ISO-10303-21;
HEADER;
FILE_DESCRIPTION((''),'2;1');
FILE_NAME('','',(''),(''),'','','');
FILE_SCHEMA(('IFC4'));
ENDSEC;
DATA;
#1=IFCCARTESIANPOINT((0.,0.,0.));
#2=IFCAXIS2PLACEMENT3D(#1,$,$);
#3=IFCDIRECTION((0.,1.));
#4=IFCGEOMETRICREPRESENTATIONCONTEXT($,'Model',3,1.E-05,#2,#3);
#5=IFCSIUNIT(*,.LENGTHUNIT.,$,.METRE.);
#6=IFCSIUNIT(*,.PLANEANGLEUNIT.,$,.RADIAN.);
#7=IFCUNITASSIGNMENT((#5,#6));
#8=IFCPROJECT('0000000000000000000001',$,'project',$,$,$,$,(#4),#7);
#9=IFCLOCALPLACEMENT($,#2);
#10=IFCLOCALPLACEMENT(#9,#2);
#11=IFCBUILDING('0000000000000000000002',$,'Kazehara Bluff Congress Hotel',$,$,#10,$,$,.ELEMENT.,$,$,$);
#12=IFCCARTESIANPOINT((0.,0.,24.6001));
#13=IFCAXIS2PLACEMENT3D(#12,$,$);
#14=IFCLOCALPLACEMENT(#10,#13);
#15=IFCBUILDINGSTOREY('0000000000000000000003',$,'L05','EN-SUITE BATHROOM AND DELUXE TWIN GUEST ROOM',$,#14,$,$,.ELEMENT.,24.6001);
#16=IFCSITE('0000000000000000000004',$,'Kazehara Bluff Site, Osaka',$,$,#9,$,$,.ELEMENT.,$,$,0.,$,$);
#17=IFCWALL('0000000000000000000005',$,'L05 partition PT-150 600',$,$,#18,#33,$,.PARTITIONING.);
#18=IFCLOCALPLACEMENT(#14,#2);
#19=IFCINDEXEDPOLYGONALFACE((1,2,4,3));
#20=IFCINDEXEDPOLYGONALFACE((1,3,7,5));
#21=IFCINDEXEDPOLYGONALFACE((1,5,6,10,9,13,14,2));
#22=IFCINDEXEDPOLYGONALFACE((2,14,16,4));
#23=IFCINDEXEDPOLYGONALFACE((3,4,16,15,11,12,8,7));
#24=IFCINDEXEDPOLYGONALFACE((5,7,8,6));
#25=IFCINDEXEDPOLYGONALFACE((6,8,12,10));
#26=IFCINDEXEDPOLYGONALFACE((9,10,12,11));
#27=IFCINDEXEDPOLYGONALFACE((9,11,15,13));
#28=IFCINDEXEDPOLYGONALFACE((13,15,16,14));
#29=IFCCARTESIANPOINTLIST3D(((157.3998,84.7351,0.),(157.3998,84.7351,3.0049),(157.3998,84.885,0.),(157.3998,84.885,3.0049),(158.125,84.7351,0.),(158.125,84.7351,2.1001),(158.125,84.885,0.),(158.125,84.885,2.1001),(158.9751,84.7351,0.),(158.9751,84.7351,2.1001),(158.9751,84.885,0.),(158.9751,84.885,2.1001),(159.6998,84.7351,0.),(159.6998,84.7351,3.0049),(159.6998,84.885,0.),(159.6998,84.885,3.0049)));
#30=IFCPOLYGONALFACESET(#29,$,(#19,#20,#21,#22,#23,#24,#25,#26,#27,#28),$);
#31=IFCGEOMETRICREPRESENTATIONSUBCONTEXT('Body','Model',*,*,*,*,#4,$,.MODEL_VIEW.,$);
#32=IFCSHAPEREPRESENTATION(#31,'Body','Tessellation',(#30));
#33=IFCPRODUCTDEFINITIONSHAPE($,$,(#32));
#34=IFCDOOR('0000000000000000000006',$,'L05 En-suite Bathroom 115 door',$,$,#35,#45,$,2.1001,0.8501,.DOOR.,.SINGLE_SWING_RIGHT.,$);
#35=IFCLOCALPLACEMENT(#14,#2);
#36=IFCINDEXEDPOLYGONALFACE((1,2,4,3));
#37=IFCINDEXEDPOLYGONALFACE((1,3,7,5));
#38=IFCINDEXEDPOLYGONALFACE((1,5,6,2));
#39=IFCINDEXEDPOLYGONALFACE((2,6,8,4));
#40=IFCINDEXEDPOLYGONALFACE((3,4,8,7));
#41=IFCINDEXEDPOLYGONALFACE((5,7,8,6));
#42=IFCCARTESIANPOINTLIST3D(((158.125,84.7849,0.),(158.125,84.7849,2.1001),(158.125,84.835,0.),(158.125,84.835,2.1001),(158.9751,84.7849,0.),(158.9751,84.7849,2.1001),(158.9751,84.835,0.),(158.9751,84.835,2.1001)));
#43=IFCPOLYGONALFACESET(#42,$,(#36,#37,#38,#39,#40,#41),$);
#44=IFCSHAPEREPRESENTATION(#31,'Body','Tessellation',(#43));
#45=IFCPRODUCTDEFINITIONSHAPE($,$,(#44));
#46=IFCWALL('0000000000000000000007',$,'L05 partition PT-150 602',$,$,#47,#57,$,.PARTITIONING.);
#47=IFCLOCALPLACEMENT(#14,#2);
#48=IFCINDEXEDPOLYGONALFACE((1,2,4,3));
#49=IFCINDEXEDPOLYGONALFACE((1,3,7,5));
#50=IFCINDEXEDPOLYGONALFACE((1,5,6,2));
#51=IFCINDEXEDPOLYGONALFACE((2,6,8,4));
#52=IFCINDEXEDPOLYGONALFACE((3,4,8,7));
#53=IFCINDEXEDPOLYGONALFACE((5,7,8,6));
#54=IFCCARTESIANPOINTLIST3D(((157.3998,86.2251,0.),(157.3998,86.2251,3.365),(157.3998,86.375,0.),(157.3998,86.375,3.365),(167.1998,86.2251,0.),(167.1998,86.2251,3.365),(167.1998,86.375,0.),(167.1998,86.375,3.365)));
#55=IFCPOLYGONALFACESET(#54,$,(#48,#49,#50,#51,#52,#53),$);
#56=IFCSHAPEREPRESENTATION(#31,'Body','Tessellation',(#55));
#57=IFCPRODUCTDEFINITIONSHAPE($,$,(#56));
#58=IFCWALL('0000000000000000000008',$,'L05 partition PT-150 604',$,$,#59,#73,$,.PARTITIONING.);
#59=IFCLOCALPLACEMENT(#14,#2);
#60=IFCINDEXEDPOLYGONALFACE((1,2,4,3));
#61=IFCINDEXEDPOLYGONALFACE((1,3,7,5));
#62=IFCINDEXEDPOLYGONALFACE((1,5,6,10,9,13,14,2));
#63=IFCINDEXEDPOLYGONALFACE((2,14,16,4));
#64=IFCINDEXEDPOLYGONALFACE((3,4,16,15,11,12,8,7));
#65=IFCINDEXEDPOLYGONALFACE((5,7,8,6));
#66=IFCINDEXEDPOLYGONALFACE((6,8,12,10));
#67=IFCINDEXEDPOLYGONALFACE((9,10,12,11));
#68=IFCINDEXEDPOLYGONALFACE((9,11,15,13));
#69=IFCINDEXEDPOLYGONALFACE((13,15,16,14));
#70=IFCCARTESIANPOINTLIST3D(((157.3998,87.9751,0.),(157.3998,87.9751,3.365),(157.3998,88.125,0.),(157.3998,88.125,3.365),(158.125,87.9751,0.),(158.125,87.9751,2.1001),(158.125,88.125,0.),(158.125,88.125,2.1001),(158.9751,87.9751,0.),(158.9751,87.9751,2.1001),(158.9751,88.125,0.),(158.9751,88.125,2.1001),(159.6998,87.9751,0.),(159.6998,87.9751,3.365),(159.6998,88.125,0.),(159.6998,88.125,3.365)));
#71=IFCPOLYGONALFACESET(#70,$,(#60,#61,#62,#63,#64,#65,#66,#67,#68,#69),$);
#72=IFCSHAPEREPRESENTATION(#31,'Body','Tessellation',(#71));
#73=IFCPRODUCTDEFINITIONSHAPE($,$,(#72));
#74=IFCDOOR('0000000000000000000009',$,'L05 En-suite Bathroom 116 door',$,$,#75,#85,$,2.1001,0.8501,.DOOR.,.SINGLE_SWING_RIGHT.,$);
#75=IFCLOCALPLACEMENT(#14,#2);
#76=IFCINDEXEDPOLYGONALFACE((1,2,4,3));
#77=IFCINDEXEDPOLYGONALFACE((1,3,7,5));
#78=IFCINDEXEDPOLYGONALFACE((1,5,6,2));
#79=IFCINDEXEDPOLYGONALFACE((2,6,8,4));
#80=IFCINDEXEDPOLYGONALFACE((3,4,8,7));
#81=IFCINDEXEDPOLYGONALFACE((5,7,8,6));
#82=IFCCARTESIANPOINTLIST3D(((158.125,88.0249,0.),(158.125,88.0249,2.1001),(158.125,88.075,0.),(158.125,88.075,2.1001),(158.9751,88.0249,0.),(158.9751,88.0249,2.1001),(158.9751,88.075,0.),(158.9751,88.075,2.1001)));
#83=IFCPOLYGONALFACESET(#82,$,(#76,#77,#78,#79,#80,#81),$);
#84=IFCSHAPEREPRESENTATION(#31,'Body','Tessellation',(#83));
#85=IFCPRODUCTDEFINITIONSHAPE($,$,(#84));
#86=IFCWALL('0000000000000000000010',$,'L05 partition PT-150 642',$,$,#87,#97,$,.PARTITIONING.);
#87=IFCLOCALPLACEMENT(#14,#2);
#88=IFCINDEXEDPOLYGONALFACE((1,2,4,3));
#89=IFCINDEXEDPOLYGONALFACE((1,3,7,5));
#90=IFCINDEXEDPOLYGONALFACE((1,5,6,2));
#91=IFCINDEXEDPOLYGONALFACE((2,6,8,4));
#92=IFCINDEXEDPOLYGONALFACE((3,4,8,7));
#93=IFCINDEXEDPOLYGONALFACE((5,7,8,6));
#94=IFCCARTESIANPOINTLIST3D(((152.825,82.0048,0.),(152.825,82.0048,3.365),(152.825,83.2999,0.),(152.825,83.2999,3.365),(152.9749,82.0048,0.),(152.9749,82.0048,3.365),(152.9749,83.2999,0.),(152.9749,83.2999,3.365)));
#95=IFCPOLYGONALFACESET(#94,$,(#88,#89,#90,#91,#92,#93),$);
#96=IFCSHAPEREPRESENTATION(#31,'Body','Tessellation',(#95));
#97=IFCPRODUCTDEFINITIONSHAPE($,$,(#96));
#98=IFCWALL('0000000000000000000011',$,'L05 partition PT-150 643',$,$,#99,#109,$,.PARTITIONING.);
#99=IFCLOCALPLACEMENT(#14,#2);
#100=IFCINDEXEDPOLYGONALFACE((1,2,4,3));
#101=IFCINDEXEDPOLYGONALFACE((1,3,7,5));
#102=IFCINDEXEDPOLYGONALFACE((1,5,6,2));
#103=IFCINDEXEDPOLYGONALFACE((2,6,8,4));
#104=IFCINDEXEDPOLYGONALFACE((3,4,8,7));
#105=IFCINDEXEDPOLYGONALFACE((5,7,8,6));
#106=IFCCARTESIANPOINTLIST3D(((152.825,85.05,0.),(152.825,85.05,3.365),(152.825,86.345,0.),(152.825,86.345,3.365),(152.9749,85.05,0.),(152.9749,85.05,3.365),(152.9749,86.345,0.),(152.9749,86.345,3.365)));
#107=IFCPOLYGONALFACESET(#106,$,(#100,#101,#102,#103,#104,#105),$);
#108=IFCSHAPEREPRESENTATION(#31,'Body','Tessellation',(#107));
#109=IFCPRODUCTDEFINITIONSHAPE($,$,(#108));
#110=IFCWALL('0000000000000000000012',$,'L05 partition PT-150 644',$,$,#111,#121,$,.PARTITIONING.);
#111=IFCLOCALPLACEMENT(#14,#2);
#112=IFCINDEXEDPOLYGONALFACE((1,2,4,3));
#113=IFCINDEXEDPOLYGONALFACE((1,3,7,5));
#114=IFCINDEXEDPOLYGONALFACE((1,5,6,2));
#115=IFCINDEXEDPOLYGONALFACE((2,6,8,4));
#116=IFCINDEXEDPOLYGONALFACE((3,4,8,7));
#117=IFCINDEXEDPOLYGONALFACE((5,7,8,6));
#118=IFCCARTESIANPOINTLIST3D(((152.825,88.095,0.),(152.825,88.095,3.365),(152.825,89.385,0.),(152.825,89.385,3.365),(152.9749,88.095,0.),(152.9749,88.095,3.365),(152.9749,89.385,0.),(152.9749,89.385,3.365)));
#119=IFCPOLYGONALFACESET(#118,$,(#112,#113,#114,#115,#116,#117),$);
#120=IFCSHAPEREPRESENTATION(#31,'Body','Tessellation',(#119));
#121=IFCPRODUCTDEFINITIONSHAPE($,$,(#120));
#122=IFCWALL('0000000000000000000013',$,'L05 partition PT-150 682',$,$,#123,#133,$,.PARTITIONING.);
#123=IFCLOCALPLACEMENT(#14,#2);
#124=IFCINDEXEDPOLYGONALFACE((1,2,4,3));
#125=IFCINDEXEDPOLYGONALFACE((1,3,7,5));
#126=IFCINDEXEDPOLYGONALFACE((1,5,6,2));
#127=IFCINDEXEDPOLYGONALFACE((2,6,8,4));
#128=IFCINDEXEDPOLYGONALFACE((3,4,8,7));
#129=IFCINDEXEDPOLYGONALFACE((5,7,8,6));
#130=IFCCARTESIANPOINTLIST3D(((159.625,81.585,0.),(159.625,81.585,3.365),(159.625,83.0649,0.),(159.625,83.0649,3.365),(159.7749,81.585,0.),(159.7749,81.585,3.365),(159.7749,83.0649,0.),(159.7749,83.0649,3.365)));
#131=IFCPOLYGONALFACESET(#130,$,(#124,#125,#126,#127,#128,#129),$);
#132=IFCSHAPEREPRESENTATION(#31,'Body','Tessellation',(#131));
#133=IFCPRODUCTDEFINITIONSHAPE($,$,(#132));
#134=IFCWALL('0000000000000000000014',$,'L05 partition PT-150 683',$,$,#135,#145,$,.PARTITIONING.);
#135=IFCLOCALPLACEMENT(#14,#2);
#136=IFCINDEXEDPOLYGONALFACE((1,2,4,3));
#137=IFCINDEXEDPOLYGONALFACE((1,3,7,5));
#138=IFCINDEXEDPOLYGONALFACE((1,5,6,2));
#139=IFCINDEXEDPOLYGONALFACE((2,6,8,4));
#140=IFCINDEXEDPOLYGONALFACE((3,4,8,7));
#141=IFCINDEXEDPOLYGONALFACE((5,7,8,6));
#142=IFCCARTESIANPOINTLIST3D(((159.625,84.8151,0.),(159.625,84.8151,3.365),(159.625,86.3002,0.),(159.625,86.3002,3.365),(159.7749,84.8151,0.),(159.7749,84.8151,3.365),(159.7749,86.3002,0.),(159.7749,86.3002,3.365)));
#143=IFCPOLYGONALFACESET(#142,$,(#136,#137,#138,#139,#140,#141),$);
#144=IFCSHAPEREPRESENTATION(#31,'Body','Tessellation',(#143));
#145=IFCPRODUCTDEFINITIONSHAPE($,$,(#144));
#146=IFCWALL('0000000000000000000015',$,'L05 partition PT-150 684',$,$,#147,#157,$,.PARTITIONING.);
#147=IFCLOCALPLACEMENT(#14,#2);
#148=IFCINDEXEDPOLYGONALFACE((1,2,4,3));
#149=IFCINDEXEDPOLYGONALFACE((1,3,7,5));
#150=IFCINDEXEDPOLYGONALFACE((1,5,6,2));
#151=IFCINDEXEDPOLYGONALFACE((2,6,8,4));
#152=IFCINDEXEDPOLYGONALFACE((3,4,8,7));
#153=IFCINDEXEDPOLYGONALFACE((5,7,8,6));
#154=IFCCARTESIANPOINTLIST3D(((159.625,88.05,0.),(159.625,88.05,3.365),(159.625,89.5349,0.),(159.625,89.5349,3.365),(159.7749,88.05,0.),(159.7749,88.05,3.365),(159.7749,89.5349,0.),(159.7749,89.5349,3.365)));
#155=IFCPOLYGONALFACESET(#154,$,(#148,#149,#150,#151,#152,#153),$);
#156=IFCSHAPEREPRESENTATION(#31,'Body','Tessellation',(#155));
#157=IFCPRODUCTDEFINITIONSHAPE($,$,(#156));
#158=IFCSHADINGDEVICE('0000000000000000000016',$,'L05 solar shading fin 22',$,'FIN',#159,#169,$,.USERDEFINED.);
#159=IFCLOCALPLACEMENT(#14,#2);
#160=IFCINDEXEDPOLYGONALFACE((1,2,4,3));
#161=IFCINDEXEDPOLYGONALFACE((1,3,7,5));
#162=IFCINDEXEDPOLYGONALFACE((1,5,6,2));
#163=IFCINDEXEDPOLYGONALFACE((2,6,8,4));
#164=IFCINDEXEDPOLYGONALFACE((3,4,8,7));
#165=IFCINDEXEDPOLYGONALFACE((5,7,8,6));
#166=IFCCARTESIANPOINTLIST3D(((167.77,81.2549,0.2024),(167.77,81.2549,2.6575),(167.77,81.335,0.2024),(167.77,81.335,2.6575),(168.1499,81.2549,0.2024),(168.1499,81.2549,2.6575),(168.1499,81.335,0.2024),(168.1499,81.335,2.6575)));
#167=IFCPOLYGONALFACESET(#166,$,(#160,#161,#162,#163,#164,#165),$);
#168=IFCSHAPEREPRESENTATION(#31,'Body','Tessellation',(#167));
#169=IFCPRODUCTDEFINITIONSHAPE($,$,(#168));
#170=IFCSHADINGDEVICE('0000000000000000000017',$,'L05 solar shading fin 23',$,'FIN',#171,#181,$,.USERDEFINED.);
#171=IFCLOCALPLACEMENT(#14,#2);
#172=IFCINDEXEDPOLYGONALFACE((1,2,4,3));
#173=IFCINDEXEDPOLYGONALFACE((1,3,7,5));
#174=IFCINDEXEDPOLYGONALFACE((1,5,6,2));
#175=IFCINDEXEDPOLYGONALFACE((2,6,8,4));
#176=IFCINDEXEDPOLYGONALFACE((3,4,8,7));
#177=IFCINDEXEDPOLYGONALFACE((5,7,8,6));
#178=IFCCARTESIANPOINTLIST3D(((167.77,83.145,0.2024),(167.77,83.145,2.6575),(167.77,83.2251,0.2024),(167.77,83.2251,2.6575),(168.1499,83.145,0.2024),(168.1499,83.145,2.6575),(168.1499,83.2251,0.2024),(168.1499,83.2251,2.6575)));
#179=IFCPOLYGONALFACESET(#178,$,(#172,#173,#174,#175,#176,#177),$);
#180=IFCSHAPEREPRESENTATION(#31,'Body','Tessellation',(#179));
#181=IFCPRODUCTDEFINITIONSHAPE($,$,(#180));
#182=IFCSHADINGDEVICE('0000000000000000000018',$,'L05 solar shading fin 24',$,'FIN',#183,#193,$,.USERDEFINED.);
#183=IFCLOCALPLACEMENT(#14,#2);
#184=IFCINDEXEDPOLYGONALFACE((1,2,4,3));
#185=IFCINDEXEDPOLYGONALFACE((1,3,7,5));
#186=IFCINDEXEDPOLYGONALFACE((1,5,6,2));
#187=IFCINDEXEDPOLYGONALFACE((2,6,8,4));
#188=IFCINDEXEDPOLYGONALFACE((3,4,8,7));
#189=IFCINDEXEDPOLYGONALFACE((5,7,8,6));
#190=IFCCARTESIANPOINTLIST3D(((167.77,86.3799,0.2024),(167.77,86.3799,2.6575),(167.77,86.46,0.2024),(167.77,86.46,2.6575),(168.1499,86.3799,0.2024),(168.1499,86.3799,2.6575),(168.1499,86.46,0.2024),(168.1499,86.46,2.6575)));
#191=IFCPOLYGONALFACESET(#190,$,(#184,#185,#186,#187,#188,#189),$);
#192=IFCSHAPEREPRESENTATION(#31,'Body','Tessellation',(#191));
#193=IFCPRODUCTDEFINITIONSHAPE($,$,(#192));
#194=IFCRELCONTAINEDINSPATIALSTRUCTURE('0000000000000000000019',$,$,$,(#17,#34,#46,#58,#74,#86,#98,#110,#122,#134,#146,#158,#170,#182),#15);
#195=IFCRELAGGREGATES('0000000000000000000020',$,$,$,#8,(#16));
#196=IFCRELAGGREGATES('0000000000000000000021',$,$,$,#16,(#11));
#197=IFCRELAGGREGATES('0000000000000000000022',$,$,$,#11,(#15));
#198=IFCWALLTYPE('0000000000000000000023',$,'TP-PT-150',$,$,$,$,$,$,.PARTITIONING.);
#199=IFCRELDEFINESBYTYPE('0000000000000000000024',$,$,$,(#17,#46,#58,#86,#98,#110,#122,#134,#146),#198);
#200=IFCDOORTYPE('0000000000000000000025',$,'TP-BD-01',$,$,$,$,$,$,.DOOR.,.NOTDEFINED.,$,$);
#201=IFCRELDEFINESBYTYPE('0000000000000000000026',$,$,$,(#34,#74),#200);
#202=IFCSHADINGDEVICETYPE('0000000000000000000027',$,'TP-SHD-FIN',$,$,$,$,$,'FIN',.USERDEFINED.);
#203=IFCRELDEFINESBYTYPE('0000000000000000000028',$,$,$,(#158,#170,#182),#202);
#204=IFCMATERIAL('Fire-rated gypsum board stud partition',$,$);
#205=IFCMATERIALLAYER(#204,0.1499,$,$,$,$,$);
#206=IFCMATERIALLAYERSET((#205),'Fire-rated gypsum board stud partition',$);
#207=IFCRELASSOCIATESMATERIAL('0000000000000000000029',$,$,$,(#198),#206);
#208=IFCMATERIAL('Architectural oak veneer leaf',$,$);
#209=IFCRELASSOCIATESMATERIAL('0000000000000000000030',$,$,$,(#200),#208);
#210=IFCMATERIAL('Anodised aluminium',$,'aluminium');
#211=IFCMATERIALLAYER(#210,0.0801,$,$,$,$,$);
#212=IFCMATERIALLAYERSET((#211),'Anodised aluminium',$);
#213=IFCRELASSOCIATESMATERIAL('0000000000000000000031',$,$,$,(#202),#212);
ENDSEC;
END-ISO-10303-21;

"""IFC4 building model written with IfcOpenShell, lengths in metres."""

from ifc_helpers import new_model, si_unit, direction, frame, frame_2d, origin, origin_2d, place, context, subcontext, project, spatial, rectangle, extrude, material, layer, layer_set, type_object, element, fill, save


model = new_model("IFC4")

# Units and contexts
model_context = context("Model", 3, precision=1e-05, world=origin(), true_north=direction((0.0, 1.0)))
body_context = subcontext(model_context, "Body", "Model", "MODEL_VIEW")
ifc_project = project(units=[si_unit("LENGTHUNIT", "METRE"), si_unit("PLANEANGLEUNIT", "RADIAN")], contexts=[model_context])

# Site, building, storey
site_placement = place(None, origin())
site = spatial("IfcSite", under=ifc_project, at=site_placement, Name="Kazehara Bluff Site, Osaka", CompositionType="ELEMENT", RefElevation=0.0)
building_placement = place(site_placement, origin())
building = spatial("IfcBuilding", under=site, at=building_placement, Name="Kazehara Bluff Congress Hotel", CompositionType="ELEMENT")
storey_placement = place(building_placement, frame((0.0, 0.0, 24.6001)))
storey = spatial("IfcBuildingStorey", under=building, at=storey_placement, Name="L05", Description="EN-SUITE BATHROOM AND DELUXE TWIN GUEST ROOM", CompositionType="ELEMENT", Elevation=24.6001)

# Shared definitions
ifc_material_1 = material(Name="Fire-rated gypsum board stud partition")
ifc_layer_1 = layer(ifc_material_1, 0.1499)
ifc_layer_set_1 = layer_set([ifc_layer_1], Name="Fire-rated gypsum board stud partition")
wall_type_1 = type_object("IfcWallType", Name="TP-PT-150", PredefinedType="PARTITIONING", material=ifc_layer_set_1)
ifc_material_2 = material(Name="Architectural oak veneer leaf")
door_type = type_object("IfcDoorType", Name="TP-BD-01", OperationType="NOTDEFINED", PredefinedType="DOOR", material=ifc_material_2)

# Wall, opening, door
wall_1_placement = place(storey_placement, frame((157.3999, 84.8101, 0.0), z_axis=(0.0, 0.0, 1.0), x_axis=(1.0, 0.0, 0.0)))
wall_1 = element("IfcWall", 1, at=wall_1_placement, inside=storey, type_object=wall_type_1, Name="L05 partition PT-150 600", PredefinedType="PARTITIONING", context=body_context, shape_type="SweptSolid", body=[
    extrude(rectangle(XDim=2.3, YDim=0.1499, at=frame_2d((1.1499, 0.0))), origin(), (0.0, 0.0, 1.0), 3.0049),
])
opening_1_placement = place(wall_1_placement, frame((0.7251, 0.0, 0.0)))
opening_1 = element("IfcOpeningElement", 2, at=opening_1_placement, cuts=wall_1, PredefinedType="OPENING", context=body_context, shape_type="SweptSolid", body=[
    extrude(rectangle(XDim=0.8501, YDim=2.1001, at=frame_2d((0.425, 1.05))), frame((0.0, 0.085, 0.0), z_axis=(0.0, -1.0, 0.0), x_axis=(1.0, 0.0, 0.0)), (0.0, 0.0, 1.0), 0.1699),
])
door_1_placement = place(opening_1_placement, origin())
door_1 = element("IfcDoor", 3, at=door_1_placement, inside=storey, type_object=door_type, Name="L05 En-suite Bathroom 115 door", OperationType="SINGLE_SWING_RIGHT", OverallHeight=2.1001, OverallWidth=0.8501, PredefinedType="DOOR", context=body_context, shape_type="SweptSolid", body=[
    extrude(rectangle(XDim=0.8501, YDim=2.1001, at=frame_2d((0.425, 1.05))), frame((0.0, 0.0249, 0.0), z_axis=(0.0, -1.0, 0.0), x_axis=(1.0, 0.0, 0.0)), (0.0, 0.0, 1.0), 0.05),
])
fill(opening_1, door_1)

# Wall
wall_2_placement = place(storey_placement, frame((157.3999, 86.3, 0.0), z_axis=(0.0, 0.0, 1.0), x_axis=(1.0, 0.0, 0.0)))
element("IfcWall", 4, at=wall_2_placement, inside=storey, type_object=wall_type_1, Name="L05 partition PT-150 602", PredefinedType="PARTITIONING", context=body_context, shape_type="SweptSolid", body=[
    extrude(rectangle(XDim=9.8, YDim=0.1499, at=frame_2d((4.8999, 0.0))), origin(), (0.0, 0.0, 1.0), 3.365),
])

# Wall, opening, door
wall_3_placement = place(storey_placement, frame((157.3999, 88.05, 0.0), z_axis=(0.0, 0.0, 1.0), x_axis=(1.0, 0.0, 0.0)))
wall_3 = element("IfcWall", 5, at=wall_3_placement, inside=storey, type_object=wall_type_1, Name="L05 partition PT-150 604", PredefinedType="PARTITIONING", context=body_context, shape_type="SweptSolid", body=[
    extrude(rectangle(XDim=2.3, YDim=0.1499, at=frame_2d((1.1499, 0.0))), origin(), (0.0, 0.0, 1.0), 3.365),
])
opening_2_placement = place(wall_3_placement, frame((0.7251, 0.0, 0.0)))
opening_2 = element("IfcOpeningElement", 6, at=opening_2_placement, cuts=wall_3, PredefinedType="OPENING", context=body_context, shape_type="SweptSolid", body=[
    extrude(rectangle(XDim=0.8501, YDim=2.1001, at=frame_2d((0.425, 1.05))), frame((0.0, 0.085, 0.0), z_axis=(0.0, -1.0, 0.0), x_axis=(1.0, 0.0, 0.0)), (0.0, 0.0, 1.0), 0.1699),
])
door_2_placement = place(opening_2_placement, origin())
door_2 = element("IfcDoor", 7, at=door_2_placement, inside=storey, type_object=door_type, Name="L05 En-suite Bathroom 116 door", OperationType="SINGLE_SWING_RIGHT", OverallHeight=2.1001, OverallWidth=0.8501, PredefinedType="DOOR", context=body_context, shape_type="SweptSolid", body=[
    extrude(rectangle(XDim=0.8501, YDim=2.1001, at=frame_2d((0.425, 1.05))), frame((0.0, 0.0249, 0.0), z_axis=(0.0, -1.0, 0.0), x_axis=(1.0, 0.0, 0.0)), (0.0, 0.0, 1.0), 0.05),
])
fill(opening_2, door_2)

# Walls
wall_4_placement = place(storey_placement, frame((152.8999, 82.0049, 0.0), z_axis=(0.0, 0.0, 1.0), x_axis=(0.0, 1.0, 0.0)))
element("IfcWall", 8, at=wall_4_placement, inside=storey, type_object=wall_type_1, Name="L05 partition PT-150 642", PredefinedType="PARTITIONING", context=body_context, shape_type="SweptSolid", body=[
    extrude(rectangle(XDim=1.2952, YDim=0.1499, at=frame_2d((0.6475, 0.0))), origin(), (0.0, 0.0, 1.0), 3.365),
])
wall_5_placement = place(storey_placement, frame((152.8999, 85.05, 0.0), z_axis=(0.0, 0.0, 1.0), x_axis=(0.0, 1.0, 0.0)))
element("IfcWall", 9, at=wall_5_placement, inside=storey, type_object=wall_type_1, Name="L05 partition PT-150 643", PredefinedType="PARTITIONING", context=body_context, shape_type="SweptSolid", body=[
    extrude(rectangle(XDim=1.2949, YDim=0.1499, at=frame_2d((0.6475, 0.0))), origin(), (0.0, 0.0, 1.0), 3.365),
])
wall_6_placement = place(storey_placement, frame((152.8999, 88.095, 0.0), z_axis=(0.0, 0.0, 1.0), x_axis=(0.0, 1.0, 0.0)))
element("IfcWall", 10, at=wall_6_placement, inside=storey, type_object=wall_type_1, Name="L05 partition PT-150 644", PredefinedType="PARTITIONING", context=body_context, shape_type="SweptSolid", body=[
    extrude(rectangle(XDim=1.29, YDim=0.1499, at=frame_2d((0.645, 0.0))), origin(), (0.0, 0.0, 1.0), 3.365),
])
wall_7_placement = place(storey_placement, frame((159.7, 81.585, 0.0), z_axis=(0.0, 0.0, 1.0), x_axis=(0.0, 1.0, 0.0)))
element("IfcWall", 11, at=wall_7_placement, inside=storey, type_object=wall_type_1, Name="L05 partition PT-150 682", PredefinedType="PARTITIONING", context=body_context, shape_type="SweptSolid", body=[
    extrude(rectangle(XDim=1.48, YDim=0.1499, at=frame_2d((0.74, 0.0))), origin(), (0.0, 0.0, 1.0), 3.365),
])
wall_8_placement = place(storey_placement, frame((159.7, 84.8149, 0.0), z_axis=(0.0, 0.0, 1.0), x_axis=(0.0, 1.0, 0.0)))
element("IfcWall", 12, at=wall_8_placement, inside=storey, type_object=wall_type_1, Name="L05 partition PT-150 683", PredefinedType="PARTITIONING", context=body_context, shape_type="SweptSolid", body=[
    extrude(rectangle(XDim=1.4851, YDim=0.1499, at=frame_2d((0.7427, 0.0))), origin(), (0.0, 0.0, 1.0), 3.365),
])
wall_9_placement = place(storey_placement, frame((159.7, 88.05, 0.0), z_axis=(0.0, 0.0, 1.0), x_axis=(0.0, 1.0, 0.0)))
element("IfcWall", 13, at=wall_9_placement, inside=storey, type_object=wall_type_1, Name="L05 partition PT-150 684", PredefinedType="PARTITIONING", context=body_context, shape_type="SweptSolid", body=[
    extrude(rectangle(XDim=1.4849, YDim=0.1499, at=frame_2d((0.7424, 0.0))), origin(), (0.0, 0.0, 1.0), 3.365),
])

# Shading devices
ifc_material_3 = material(Name="Anodised aluminium", Category="aluminium")
ifc_layer_2 = layer(ifc_material_3, 0.0801)
ifc_layer_set_2 = layer_set([ifc_layer_2], Name="Anodised aluminium")
shading_device_type = type_object("IfcShadingDeviceType", Name="TP-SHD-FIN", ElementType="FIN", PredefinedType="USERDEFINED", material=ifc_layer_set_2)
for number, where, z_axis, x_axis, name in (
    (14, (167.96, 81.2949, 0.2024), (0.0, 0.0, 1.0), (1.0, 0.0, 0.0), "L05 solar shading fin 22"),
    (15, (167.96, 83.1851, 0.2024), (0.0, 0.0, 1.0), (1.0, 0.0, 0.0), "L05 solar shading fin 23"),
    (16, (167.96, 86.4199, 0.2024), (0.0, 0.0, 1.0), (1.0, 0.0, 0.0), "L05 solar shading fin 24"),
):
    element("IfcShadingDevice", number, at=place(storey_placement, frame(where, z_axis=z_axis, x_axis=x_axis)), inside=storey, type_object=shading_device_type, Name=name, ObjectType="FIN", PredefinedType="USERDEFINED", context=body_context, shape_type="SweptSolid", body=[
        extrude(rectangle(XDim=0.3799, YDim=0.0801, at=origin_2d()), origin(), (0.0, 0.0, 1.0), 2.4551),
    ])

save(model, "model.ifc")
